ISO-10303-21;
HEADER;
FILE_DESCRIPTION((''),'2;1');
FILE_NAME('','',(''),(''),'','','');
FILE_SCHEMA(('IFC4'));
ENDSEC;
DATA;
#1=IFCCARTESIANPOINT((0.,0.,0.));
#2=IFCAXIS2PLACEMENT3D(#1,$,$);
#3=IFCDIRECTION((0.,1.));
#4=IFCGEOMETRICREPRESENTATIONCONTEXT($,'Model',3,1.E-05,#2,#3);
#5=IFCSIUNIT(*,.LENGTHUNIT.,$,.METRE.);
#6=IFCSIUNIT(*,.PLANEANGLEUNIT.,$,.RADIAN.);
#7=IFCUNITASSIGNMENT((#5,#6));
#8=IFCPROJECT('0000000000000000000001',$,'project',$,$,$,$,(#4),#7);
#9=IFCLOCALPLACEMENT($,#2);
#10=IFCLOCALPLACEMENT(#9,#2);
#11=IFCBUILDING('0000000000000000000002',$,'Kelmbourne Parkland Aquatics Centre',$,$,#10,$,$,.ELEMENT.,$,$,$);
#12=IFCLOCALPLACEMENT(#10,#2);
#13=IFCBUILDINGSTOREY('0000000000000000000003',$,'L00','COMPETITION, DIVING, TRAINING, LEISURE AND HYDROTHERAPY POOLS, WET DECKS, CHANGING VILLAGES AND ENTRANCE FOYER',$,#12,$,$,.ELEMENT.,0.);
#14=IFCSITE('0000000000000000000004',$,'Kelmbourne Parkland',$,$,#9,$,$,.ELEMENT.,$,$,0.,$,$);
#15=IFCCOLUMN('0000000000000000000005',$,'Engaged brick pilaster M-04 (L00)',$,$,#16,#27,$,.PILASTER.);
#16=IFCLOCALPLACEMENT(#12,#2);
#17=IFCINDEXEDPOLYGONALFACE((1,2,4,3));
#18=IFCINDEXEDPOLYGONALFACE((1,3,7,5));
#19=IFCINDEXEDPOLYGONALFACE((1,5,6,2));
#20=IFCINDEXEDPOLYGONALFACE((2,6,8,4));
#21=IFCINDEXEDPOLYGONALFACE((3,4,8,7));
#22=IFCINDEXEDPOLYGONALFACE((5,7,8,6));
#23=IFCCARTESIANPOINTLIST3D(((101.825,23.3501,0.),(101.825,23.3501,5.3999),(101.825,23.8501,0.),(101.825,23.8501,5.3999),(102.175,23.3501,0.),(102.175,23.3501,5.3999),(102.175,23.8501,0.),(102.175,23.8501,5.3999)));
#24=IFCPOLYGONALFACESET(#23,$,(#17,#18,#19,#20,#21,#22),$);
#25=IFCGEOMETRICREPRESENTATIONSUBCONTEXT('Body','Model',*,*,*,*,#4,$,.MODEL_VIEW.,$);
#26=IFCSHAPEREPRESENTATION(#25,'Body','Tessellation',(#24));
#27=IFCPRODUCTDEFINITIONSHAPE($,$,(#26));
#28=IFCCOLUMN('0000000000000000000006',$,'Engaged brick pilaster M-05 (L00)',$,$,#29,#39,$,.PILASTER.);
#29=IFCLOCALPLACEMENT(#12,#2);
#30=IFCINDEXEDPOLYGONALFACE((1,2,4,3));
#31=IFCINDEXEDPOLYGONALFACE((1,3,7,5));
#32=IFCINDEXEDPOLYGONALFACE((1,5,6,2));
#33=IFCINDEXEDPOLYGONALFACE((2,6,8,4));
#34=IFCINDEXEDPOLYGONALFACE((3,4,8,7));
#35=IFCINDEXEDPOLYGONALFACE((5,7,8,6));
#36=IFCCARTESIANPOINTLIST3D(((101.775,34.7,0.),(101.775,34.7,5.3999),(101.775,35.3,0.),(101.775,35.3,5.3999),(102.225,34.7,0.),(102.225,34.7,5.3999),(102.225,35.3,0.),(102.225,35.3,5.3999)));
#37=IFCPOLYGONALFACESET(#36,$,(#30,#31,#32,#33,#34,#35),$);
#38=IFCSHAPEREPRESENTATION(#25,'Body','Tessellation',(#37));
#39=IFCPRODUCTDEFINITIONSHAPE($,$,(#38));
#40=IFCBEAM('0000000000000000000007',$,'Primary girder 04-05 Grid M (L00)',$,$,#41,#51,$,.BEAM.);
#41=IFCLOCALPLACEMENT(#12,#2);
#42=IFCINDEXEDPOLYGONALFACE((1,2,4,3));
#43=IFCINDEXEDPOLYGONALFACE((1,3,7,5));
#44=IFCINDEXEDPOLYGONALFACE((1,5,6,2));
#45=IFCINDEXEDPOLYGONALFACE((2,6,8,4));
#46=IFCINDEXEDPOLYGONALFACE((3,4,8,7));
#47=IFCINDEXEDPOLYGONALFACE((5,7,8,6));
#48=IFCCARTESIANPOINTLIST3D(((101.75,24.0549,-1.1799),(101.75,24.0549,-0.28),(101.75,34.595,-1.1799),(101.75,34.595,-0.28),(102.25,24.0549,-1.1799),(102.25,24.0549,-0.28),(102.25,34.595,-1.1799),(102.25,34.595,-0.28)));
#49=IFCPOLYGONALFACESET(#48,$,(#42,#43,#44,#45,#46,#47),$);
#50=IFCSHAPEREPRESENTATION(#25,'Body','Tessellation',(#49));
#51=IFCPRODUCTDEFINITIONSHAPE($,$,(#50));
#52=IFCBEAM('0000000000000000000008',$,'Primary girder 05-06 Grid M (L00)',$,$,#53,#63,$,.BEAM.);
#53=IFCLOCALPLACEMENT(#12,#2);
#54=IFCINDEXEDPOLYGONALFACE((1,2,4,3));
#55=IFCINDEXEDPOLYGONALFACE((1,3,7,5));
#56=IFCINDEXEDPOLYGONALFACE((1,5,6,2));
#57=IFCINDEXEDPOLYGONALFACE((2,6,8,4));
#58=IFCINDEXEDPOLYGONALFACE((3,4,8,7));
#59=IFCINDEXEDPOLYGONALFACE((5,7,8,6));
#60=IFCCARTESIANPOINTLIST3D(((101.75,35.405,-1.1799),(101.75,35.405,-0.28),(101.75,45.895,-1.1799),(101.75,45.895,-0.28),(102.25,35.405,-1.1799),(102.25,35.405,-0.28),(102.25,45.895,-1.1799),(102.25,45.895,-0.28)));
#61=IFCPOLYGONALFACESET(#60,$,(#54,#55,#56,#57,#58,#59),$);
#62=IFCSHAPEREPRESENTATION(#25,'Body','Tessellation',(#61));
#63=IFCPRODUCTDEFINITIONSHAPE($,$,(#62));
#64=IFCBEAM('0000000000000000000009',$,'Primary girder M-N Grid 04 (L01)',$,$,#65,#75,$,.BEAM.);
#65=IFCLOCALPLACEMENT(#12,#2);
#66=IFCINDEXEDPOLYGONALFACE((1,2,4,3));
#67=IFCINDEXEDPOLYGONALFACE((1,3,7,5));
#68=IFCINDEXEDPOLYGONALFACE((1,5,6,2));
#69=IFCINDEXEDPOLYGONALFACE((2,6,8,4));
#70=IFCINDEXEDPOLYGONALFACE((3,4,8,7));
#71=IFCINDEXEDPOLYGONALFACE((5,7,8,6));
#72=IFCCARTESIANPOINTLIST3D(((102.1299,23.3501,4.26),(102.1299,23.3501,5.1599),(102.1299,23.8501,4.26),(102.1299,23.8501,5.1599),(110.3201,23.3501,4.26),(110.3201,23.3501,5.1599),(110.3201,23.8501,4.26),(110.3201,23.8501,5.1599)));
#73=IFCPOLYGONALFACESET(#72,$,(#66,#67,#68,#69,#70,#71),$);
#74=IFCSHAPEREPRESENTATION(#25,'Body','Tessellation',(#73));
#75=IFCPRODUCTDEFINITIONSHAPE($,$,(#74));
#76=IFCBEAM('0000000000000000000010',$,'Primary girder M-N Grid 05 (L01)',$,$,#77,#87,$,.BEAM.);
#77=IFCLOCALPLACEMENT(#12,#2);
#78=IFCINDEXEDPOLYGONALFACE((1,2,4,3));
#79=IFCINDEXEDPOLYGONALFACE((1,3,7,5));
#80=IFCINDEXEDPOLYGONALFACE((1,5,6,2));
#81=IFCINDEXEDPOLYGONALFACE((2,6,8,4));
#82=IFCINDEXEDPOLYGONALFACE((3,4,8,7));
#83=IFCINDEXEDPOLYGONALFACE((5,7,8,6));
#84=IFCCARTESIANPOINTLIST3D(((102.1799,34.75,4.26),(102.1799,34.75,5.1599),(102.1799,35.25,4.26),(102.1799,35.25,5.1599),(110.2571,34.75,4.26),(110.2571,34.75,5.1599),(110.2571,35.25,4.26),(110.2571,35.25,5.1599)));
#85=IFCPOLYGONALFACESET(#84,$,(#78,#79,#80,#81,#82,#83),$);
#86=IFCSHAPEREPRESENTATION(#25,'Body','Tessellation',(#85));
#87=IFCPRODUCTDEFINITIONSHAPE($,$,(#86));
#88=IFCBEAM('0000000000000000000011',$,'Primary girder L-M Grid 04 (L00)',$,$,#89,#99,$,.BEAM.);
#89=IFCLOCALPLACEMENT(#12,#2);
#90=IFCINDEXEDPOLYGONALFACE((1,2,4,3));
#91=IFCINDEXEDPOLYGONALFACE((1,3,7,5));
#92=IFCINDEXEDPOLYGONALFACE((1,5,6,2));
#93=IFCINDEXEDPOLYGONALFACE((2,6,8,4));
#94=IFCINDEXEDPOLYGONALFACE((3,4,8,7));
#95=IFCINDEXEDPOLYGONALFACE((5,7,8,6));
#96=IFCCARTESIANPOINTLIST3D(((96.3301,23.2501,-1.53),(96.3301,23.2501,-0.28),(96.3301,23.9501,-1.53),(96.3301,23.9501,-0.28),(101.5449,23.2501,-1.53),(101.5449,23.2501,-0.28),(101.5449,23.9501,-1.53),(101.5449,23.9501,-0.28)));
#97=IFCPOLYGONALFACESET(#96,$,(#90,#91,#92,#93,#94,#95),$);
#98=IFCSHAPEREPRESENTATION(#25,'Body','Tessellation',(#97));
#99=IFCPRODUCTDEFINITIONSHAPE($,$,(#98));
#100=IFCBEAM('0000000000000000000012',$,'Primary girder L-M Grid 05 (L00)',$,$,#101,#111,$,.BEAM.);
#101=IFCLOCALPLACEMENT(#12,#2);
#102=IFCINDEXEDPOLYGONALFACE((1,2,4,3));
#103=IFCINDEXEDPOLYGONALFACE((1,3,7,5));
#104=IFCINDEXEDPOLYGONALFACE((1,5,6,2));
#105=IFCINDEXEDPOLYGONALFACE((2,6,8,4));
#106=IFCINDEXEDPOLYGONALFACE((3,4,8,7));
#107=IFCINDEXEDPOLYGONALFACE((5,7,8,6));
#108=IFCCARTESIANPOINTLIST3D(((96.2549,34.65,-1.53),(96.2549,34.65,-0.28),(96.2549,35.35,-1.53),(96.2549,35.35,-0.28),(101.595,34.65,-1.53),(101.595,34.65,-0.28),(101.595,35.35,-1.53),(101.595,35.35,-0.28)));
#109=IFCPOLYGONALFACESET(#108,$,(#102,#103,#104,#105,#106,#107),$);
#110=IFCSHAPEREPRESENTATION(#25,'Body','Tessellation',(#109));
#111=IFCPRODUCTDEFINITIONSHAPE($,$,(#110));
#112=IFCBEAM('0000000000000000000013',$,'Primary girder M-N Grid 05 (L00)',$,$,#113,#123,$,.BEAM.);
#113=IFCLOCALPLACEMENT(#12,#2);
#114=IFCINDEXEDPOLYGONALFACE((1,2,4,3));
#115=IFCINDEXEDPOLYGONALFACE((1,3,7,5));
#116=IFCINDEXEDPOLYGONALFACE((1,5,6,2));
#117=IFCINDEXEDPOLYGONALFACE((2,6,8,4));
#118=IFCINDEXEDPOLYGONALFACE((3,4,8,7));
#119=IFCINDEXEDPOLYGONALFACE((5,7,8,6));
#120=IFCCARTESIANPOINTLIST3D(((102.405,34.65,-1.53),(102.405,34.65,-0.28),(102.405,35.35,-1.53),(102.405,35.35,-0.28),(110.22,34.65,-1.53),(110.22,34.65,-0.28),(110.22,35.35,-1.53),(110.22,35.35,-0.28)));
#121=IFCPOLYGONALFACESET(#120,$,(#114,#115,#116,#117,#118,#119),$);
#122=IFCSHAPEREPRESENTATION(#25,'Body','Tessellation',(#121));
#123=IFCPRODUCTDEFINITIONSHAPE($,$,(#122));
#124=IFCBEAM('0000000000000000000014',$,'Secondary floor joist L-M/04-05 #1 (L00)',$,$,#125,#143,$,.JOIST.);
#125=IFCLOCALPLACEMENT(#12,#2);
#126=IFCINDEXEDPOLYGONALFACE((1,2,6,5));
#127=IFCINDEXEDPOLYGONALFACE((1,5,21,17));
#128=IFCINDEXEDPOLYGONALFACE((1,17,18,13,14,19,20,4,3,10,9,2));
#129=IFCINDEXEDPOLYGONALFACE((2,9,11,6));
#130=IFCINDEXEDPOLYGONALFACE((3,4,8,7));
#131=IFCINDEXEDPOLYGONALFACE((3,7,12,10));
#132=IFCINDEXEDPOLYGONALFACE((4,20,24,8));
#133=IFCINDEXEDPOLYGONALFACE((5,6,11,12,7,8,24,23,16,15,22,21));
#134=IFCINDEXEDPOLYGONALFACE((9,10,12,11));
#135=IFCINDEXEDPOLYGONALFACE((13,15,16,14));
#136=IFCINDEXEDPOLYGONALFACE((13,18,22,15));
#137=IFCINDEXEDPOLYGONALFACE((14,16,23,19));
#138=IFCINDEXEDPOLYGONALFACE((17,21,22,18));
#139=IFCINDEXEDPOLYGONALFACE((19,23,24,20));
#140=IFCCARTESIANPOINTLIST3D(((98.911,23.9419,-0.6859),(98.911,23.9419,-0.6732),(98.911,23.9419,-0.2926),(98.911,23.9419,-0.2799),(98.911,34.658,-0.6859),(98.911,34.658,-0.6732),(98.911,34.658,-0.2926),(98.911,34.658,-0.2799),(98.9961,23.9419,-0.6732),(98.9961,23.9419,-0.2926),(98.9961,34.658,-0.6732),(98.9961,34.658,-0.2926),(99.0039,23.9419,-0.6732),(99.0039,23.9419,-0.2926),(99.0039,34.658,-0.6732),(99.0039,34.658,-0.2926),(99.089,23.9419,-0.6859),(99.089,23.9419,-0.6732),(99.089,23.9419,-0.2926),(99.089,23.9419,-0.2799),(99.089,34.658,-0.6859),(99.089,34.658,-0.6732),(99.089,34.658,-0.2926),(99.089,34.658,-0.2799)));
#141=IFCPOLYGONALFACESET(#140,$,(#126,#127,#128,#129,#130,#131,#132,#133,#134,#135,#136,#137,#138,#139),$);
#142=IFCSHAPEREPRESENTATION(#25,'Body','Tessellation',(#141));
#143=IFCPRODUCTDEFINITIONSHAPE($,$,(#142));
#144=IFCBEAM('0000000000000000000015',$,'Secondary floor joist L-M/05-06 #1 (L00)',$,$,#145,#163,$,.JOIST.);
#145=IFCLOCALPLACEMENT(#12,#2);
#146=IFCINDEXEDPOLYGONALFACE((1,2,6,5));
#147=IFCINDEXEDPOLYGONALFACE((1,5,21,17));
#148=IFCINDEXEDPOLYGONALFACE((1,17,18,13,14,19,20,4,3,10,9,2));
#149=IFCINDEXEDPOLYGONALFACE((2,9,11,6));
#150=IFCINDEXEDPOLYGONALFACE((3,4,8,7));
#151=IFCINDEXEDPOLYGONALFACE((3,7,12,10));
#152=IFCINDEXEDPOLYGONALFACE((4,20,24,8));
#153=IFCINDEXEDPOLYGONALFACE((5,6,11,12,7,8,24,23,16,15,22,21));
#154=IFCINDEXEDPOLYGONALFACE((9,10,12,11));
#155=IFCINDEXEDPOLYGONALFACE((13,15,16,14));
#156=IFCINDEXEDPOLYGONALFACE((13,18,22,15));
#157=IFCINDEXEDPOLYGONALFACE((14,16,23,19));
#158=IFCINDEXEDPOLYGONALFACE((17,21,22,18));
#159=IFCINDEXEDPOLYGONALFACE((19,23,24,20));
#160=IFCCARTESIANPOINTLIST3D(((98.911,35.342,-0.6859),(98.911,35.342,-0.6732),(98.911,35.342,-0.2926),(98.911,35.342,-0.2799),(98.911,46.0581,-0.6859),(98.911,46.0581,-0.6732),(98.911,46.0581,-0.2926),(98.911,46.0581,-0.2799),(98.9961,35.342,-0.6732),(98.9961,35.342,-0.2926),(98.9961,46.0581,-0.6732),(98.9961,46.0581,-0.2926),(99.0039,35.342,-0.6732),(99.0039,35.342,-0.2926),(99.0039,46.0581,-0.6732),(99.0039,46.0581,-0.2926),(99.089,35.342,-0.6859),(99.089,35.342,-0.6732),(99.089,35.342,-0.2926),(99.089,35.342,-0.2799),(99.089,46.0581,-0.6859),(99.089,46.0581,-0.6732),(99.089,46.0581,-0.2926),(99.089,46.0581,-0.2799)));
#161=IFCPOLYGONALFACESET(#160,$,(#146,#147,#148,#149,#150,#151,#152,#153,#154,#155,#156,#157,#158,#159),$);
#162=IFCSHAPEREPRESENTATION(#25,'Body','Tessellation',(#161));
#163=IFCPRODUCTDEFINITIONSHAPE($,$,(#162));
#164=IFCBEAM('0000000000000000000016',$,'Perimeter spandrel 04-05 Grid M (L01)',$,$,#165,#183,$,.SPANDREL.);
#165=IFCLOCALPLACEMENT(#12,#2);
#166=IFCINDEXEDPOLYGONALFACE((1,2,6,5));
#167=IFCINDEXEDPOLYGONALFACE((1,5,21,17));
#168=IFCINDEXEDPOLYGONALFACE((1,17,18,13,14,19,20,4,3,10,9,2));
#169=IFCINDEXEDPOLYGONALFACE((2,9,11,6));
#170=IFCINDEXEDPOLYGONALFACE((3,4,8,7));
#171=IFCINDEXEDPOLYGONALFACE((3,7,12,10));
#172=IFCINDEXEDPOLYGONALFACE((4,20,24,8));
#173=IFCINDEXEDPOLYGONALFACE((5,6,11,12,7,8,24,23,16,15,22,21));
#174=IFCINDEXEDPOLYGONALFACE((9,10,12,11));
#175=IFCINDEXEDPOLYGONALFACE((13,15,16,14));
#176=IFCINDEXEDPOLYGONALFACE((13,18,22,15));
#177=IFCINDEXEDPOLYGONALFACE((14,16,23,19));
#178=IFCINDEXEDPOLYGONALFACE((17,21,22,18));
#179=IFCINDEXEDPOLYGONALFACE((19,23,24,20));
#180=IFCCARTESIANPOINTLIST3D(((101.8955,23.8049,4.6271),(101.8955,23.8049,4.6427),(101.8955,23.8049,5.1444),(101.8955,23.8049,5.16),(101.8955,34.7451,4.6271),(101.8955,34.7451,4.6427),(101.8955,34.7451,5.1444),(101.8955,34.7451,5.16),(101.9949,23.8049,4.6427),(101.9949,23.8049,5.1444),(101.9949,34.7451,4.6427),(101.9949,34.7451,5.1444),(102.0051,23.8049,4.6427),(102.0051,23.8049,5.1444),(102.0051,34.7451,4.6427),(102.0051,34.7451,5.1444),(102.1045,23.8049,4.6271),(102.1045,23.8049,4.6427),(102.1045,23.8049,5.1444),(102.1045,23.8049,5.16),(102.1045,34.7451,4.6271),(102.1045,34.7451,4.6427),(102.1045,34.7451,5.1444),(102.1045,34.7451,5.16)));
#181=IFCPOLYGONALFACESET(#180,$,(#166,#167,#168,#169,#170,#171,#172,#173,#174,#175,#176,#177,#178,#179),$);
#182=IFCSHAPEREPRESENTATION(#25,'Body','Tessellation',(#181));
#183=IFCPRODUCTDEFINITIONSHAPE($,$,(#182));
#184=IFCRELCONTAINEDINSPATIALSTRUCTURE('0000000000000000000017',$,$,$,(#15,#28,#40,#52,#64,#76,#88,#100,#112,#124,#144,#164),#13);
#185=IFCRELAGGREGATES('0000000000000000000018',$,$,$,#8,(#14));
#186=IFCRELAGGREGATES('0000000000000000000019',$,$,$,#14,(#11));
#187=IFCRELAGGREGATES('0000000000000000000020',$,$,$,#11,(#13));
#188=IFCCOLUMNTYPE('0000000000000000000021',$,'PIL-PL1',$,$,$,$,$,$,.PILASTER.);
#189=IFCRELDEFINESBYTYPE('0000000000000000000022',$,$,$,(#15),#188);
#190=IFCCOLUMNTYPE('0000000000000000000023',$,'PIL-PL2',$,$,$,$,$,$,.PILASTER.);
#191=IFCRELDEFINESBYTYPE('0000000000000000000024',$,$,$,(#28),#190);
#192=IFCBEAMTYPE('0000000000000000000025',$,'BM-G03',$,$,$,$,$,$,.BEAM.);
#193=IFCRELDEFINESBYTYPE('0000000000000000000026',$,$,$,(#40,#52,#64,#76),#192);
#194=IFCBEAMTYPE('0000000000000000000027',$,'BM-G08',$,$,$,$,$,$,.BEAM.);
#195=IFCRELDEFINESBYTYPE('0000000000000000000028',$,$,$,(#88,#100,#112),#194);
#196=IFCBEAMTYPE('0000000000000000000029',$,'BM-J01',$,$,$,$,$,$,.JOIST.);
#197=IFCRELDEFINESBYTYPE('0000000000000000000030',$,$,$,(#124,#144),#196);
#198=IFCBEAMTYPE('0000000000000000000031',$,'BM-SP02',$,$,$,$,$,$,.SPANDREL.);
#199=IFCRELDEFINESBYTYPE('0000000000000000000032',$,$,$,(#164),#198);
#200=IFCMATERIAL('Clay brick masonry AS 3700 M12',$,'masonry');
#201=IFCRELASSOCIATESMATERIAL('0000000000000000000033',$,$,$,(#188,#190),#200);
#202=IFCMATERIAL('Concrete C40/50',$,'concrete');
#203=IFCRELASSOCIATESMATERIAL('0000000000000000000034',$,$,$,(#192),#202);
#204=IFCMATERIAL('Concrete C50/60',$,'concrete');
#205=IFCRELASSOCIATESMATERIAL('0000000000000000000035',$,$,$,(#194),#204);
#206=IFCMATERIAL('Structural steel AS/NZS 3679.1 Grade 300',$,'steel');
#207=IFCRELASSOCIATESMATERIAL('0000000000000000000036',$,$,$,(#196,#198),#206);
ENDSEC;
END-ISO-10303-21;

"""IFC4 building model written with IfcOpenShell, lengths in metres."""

from ifc_helpers import new_model, si_unit, direction, frame, origin, origin_2d, place, context, subcontext, project, spatial, rectangle, i_section, extrude, material, material_profile, profile_set, type_object, element, save


model = new_model("IFC4")

# Units and contexts
model_context = context("Model", 3, precision=1e-05, world=origin(), true_north=direction((0.0, 1.0)))
body_context = subcontext(model_context, "Body", "Model", "MODEL_VIEW")
ifc_project = project(units=[si_unit("LENGTHUNIT", "METRE"), si_unit("PLANEANGLEUNIT", "RADIAN")], contexts=[model_context])

# Site, building, storey
site_placement = place(None, origin())
site = spatial("IfcSite", under=ifc_project, at=site_placement, Name="Kelmbourne Parkland", CompositionType="ELEMENT", RefElevation=0.0)
building_placement = place(site_placement, origin())
building = spatial("IfcBuilding", under=site, at=building_placement, Name="Kelmbourne Parkland Aquatics Centre", CompositionType="ELEMENT")
storey_placement = place(building_placement, origin())
storey = spatial("IfcBuildingStorey", under=building, at=storey_placement, Name="L00", Description="COMPETITION, DIVING, TRAINING, LEISURE AND HYDROTHERAPY POOLS, WET DECKS, CHANGING VILLAGES AND ENTRANCE FOYER", CompositionType="ELEMENT", Elevation=0.0)

# Columns
ifc_material_1 = material(Name="Clay brick masonry AS 3700 M12", Category="masonry")
ifc_material_profile_1 = material_profile(ifc_material_1, rectangle(XDim=0.3501, YDim=0.5, at=origin_2d()), Name="PIL 350x500")
ifc_profile_set_1 = profile_set([ifc_material_profile_1], Name="Clay brick masonry AS 3700 M12")
column_type_1 = type_object("IfcColumnType", Name="PIL-PL1", PredefinedType="PILASTER", material=ifc_profile_set_1)
column_1_placement = place(storey_placement, frame((102.0, 23.6001, 0.0), z_axis=(0.0, 0.0, 1.0), x_axis=(1.0, 0.0, 0.0)))
element("IfcColumn", 1, at=column_1_placement, inside=storey, type_object=column_type_1, Name="Engaged brick pilaster M-04 (L00)", PredefinedType="PILASTER", context=body_context, shape_type="SweptSolid", body=[
    extrude(rectangle(XDim=0.3501, YDim=0.5, at=origin_2d()), origin(), (0.0, 0.0, 1.0), 5.3999),
])
ifc_material_profile_2 = material_profile(ifc_material_1, rectangle(XDim=0.45, YDim=0.6001, at=origin_2d()), Name="PIL 450x600")
ifc_profile_set_2 = profile_set([ifc_material_profile_2], Name="Clay brick masonry AS 3700 M12")
column_type_2 = type_object("IfcColumnType", Name="PIL-PL2", PredefinedType="PILASTER", material=ifc_profile_set_2)
column_2_placement = place(storey_placement, frame((102.0, 35.0, 0.0), z_axis=(0.0, 0.0, 1.0), x_axis=(1.0, 0.0, 0.0)))
element("IfcColumn", 2, at=column_2_placement, inside=storey, type_object=column_type_2, Name="Engaged brick pilaster M-05 (L00)", PredefinedType="PILASTER", context=body_context, shape_type="SweptSolid", body=[
    extrude(rectangle(XDim=0.45, YDim=0.6001, at=origin_2d()), origin(), (0.0, 0.0, 1.0), 5.3999),
])

# Beams
ifc_material_2 = material(Name="Concrete C40/50", Category="concrete")
ifc_material_profile_3 = material_profile(ifc_material_2, rectangle(XDim=0.5, YDim=0.8999, at=origin_2d()), Name="RC 500x900")
ifc_profile_set_3 = profile_set([ifc_material_profile_3], Name="Concrete C40/50")
beam_type_1 = type_object("IfcBeamType", Name="BM-G03", PredefinedType="BEAM", material=ifc_profile_set_3)
beam_1_placement = place(storey_placement, frame((102.0, 24.0549, -0.73), z_axis=(0.0, 1.0, 0.0), x_axis=(-1.0, 0.0, 0.0)))
element("IfcBeam", 3, at=beam_1_placement, inside=storey, type_object=beam_type_1, Name="Primary girder 04-05 Grid M (L00)", PredefinedType="BEAM", context=body_context, shape_type="SweptSolid", body=[
    extrude(rectangle(XDim=0.5, YDim=0.8999, at=origin_2d()), origin(), (0.0, 0.0, 1.0), 10.54),
])
beam_2_placement = place(storey_placement, frame((102.0, 35.405, -0.73), z_axis=(0.0, 1.0, 0.0), x_axis=(-1.0, 0.0, 0.0)))
element("IfcBeam", 4, at=beam_2_placement, inside=storey, type_object=beam_type_1, Name="Primary girder 05-06 Grid M (L00)", PredefinedType="BEAM", context=body_context, shape_type="SweptSolid", body=[
    extrude(rectangle(XDim=0.5, YDim=0.8999, at=origin_2d()), origin(), (0.0, 0.0, 1.0), 10.49),
])
beam_3_placement = place(storey_placement, frame((102.1299, 23.6001, 4.71), z_axis=(1.0, 0.0, 0.0), x_axis=(0.0, 1.0, 0.0)))
element("IfcBeam", 5, at=beam_3_placement, inside=storey, type_object=beam_type_1, Name="Primary girder M-N Grid 04 (L01)", PredefinedType="BEAM", context=body_context, shape_type="SweptSolid", body=[
    extrude(rectangle(XDim=0.5, YDim=0.8999, at=origin_2d()), origin(), (0.0, 0.0, 1.0), 8.1902),
])
beam_4_placement = place(storey_placement, frame((102.1799, 35.0, 4.71), z_axis=(1.0, 0.0, 0.0), x_axis=(0.0, 1.0, 0.0)))
element("IfcBeam", 6, at=beam_4_placement, inside=storey, type_object=beam_type_1, Name="Primary girder M-N Grid 05 (L01)", PredefinedType="BEAM", context=body_context, shape_type="SweptSolid", body=[
    extrude(rectangle(XDim=0.5, YDim=0.8999, at=origin_2d()), origin(), (0.0, 0.0, 1.0), 8.0771),
])
ifc_material_3 = material(Name="Concrete C50/60", Category="concrete")
ifc_material_profile_4 = material_profile(ifc_material_3, rectangle(XDim=0.7, YDim=1.25, at=origin_2d()), Name="RC 700x1250")
ifc_profile_set_4 = profile_set([ifc_material_profile_4], Name="Concrete C50/60")
beam_type_2 = type_object("IfcBeamType", Name="BM-G08", PredefinedType="BEAM", material=ifc_profile_set_4)
beam_5_placement = place(storey_placement, frame((96.3301, 23.6001, -0.905), z_axis=(1.0, 0.0, 0.0), x_axis=(0.0, 1.0, 0.0)))
element("IfcBeam", 7, at=beam_5_placement, inside=storey, type_object=beam_type_2, Name="Primary girder L-M Grid 04 (L00)", PredefinedType="BEAM", context=body_context, shape_type="SweptSolid", body=[
    extrude(rectangle(XDim=0.7, YDim=1.25, at=origin_2d()), origin(), (0.0, 0.0, 1.0), 5.2148),
])
beam_6_placement = place(storey_placement, frame((96.2549, 35.0, -0.905), z_axis=(1.0, 0.0, 0.0), x_axis=(0.0, 1.0, 0.0)))
element("IfcBeam", 8, at=beam_6_placement, inside=storey, type_object=beam_type_2, Name="Primary girder L-M Grid 05 (L00)", PredefinedType="BEAM", context=body_context, shape_type="SweptSolid", body=[
    extrude(rectangle(XDim=0.7, YDim=1.25, at=origin_2d()), origin(), (0.0, 0.0, 1.0), 5.3401),
])
beam_7_placement = place(storey_placement, frame((102.405, 35.0, -0.905), z_axis=(1.0, 0.0, 0.0), x_axis=(0.0, 1.0, 0.0)))
element("IfcBeam", 9, at=beam_7_placement, inside=storey, type_object=beam_type_2, Name="Primary girder M-N Grid 05 (L00)", PredefinedType="BEAM", context=body_context, shape_type="SweptSolid", body=[
    extrude(rectangle(XDim=0.7, YDim=1.25, at=origin_2d()), origin(), (0.0, 0.0, 1.0), 7.8149),
])
ifc_material_4 = material(Name="Structural steel AS/NZS 3679.1 Grade 300", Category="steel")
ifc_material_profile_5 = material_profile(ifc_material_4, i_section(OverallWidth=0.178, OverallDepth=0.406, WebThickness=0.0078, FlangeThickness=0.0127, at=origin_2d()), Name="410UB59.7")
ifc_profile_set_5 = profile_set([ifc_material_profile_5], Name="Structural steel AS/NZS 3679.1 Grade 300")
beam_type_3 = type_object("IfcBeamType", Name="BM-J01", PredefinedType="JOIST", material=ifc_profile_set_5)
for number, where, z_axis, x_axis, name in (
    (10, (99.0, 23.9419, -0.4829), (0.0, 1.0, 0.0), (-1.0, 0.0, 0.0), "Secondary floor joist L-M/04-05 #1 (L00)"),
    (11, (99.0, 35.342, -0.4829), (0.0, 1.0, 0.0), (-1.0, 0.0, 0.0), "Secondary floor joist L-M/05-06 #1 (L00)"),
):
    element("IfcBeam", number, at=place(storey_placement, frame(where, z_axis=z_axis, x_axis=x_axis)), inside=storey, type_object=beam_type_3, Name=name, PredefinedType="JOIST", context=body_context, shape_type="SweptSolid", body=[
        extrude(i_section(OverallWidth=0.178, OverallDepth=0.406, WebThickness=0.0078, FlangeThickness=0.0127, at=origin_2d()), origin(), (0.0, 0.0, 1.0), 10.7161),
    ])
ifc_material_profile_6 = material_profile(ifc_material_4, i_section(OverallWidth=0.209, OverallDepth=0.533, WebThickness=0.0103, FlangeThickness=0.0156, at=origin_2d()), Name="530UB92.4")
ifc_profile_set_6 = profile_set([ifc_material_profile_6], Name="Structural steel AS/NZS 3679.1 Grade 300")
beam_type_4 = type_object("IfcBeamType", Name="BM-SP02", PredefinedType="SPANDREL", material=ifc_profile_set_6)
for number, where, z_axis, x_axis, name in (
    (12, (102.0, 23.8049, 4.8936), (0.0, 1.0, 0.0), (-1.0, 0.0, 0.0), "Perimeter spandrel 04-05 Grid M (L01)"),
):
    element("IfcBeam", number, at=place(storey_placement, frame(where, z_axis=z_axis, x_axis=x_axis)), inside=storey, type_object=beam_type_4, Name=name, PredefinedType="SPANDREL", context=body_context, shape_type="SweptSolid", body=[
        extrude(i_section(OverallWidth=0.209, OverallDepth=0.533, WebThickness=0.0103, FlangeThickness=0.0156, at=origin_2d()), origin(), (0.0, 0.0, 1.0), 10.9402),
    ])

save(model, "model.ifc")
